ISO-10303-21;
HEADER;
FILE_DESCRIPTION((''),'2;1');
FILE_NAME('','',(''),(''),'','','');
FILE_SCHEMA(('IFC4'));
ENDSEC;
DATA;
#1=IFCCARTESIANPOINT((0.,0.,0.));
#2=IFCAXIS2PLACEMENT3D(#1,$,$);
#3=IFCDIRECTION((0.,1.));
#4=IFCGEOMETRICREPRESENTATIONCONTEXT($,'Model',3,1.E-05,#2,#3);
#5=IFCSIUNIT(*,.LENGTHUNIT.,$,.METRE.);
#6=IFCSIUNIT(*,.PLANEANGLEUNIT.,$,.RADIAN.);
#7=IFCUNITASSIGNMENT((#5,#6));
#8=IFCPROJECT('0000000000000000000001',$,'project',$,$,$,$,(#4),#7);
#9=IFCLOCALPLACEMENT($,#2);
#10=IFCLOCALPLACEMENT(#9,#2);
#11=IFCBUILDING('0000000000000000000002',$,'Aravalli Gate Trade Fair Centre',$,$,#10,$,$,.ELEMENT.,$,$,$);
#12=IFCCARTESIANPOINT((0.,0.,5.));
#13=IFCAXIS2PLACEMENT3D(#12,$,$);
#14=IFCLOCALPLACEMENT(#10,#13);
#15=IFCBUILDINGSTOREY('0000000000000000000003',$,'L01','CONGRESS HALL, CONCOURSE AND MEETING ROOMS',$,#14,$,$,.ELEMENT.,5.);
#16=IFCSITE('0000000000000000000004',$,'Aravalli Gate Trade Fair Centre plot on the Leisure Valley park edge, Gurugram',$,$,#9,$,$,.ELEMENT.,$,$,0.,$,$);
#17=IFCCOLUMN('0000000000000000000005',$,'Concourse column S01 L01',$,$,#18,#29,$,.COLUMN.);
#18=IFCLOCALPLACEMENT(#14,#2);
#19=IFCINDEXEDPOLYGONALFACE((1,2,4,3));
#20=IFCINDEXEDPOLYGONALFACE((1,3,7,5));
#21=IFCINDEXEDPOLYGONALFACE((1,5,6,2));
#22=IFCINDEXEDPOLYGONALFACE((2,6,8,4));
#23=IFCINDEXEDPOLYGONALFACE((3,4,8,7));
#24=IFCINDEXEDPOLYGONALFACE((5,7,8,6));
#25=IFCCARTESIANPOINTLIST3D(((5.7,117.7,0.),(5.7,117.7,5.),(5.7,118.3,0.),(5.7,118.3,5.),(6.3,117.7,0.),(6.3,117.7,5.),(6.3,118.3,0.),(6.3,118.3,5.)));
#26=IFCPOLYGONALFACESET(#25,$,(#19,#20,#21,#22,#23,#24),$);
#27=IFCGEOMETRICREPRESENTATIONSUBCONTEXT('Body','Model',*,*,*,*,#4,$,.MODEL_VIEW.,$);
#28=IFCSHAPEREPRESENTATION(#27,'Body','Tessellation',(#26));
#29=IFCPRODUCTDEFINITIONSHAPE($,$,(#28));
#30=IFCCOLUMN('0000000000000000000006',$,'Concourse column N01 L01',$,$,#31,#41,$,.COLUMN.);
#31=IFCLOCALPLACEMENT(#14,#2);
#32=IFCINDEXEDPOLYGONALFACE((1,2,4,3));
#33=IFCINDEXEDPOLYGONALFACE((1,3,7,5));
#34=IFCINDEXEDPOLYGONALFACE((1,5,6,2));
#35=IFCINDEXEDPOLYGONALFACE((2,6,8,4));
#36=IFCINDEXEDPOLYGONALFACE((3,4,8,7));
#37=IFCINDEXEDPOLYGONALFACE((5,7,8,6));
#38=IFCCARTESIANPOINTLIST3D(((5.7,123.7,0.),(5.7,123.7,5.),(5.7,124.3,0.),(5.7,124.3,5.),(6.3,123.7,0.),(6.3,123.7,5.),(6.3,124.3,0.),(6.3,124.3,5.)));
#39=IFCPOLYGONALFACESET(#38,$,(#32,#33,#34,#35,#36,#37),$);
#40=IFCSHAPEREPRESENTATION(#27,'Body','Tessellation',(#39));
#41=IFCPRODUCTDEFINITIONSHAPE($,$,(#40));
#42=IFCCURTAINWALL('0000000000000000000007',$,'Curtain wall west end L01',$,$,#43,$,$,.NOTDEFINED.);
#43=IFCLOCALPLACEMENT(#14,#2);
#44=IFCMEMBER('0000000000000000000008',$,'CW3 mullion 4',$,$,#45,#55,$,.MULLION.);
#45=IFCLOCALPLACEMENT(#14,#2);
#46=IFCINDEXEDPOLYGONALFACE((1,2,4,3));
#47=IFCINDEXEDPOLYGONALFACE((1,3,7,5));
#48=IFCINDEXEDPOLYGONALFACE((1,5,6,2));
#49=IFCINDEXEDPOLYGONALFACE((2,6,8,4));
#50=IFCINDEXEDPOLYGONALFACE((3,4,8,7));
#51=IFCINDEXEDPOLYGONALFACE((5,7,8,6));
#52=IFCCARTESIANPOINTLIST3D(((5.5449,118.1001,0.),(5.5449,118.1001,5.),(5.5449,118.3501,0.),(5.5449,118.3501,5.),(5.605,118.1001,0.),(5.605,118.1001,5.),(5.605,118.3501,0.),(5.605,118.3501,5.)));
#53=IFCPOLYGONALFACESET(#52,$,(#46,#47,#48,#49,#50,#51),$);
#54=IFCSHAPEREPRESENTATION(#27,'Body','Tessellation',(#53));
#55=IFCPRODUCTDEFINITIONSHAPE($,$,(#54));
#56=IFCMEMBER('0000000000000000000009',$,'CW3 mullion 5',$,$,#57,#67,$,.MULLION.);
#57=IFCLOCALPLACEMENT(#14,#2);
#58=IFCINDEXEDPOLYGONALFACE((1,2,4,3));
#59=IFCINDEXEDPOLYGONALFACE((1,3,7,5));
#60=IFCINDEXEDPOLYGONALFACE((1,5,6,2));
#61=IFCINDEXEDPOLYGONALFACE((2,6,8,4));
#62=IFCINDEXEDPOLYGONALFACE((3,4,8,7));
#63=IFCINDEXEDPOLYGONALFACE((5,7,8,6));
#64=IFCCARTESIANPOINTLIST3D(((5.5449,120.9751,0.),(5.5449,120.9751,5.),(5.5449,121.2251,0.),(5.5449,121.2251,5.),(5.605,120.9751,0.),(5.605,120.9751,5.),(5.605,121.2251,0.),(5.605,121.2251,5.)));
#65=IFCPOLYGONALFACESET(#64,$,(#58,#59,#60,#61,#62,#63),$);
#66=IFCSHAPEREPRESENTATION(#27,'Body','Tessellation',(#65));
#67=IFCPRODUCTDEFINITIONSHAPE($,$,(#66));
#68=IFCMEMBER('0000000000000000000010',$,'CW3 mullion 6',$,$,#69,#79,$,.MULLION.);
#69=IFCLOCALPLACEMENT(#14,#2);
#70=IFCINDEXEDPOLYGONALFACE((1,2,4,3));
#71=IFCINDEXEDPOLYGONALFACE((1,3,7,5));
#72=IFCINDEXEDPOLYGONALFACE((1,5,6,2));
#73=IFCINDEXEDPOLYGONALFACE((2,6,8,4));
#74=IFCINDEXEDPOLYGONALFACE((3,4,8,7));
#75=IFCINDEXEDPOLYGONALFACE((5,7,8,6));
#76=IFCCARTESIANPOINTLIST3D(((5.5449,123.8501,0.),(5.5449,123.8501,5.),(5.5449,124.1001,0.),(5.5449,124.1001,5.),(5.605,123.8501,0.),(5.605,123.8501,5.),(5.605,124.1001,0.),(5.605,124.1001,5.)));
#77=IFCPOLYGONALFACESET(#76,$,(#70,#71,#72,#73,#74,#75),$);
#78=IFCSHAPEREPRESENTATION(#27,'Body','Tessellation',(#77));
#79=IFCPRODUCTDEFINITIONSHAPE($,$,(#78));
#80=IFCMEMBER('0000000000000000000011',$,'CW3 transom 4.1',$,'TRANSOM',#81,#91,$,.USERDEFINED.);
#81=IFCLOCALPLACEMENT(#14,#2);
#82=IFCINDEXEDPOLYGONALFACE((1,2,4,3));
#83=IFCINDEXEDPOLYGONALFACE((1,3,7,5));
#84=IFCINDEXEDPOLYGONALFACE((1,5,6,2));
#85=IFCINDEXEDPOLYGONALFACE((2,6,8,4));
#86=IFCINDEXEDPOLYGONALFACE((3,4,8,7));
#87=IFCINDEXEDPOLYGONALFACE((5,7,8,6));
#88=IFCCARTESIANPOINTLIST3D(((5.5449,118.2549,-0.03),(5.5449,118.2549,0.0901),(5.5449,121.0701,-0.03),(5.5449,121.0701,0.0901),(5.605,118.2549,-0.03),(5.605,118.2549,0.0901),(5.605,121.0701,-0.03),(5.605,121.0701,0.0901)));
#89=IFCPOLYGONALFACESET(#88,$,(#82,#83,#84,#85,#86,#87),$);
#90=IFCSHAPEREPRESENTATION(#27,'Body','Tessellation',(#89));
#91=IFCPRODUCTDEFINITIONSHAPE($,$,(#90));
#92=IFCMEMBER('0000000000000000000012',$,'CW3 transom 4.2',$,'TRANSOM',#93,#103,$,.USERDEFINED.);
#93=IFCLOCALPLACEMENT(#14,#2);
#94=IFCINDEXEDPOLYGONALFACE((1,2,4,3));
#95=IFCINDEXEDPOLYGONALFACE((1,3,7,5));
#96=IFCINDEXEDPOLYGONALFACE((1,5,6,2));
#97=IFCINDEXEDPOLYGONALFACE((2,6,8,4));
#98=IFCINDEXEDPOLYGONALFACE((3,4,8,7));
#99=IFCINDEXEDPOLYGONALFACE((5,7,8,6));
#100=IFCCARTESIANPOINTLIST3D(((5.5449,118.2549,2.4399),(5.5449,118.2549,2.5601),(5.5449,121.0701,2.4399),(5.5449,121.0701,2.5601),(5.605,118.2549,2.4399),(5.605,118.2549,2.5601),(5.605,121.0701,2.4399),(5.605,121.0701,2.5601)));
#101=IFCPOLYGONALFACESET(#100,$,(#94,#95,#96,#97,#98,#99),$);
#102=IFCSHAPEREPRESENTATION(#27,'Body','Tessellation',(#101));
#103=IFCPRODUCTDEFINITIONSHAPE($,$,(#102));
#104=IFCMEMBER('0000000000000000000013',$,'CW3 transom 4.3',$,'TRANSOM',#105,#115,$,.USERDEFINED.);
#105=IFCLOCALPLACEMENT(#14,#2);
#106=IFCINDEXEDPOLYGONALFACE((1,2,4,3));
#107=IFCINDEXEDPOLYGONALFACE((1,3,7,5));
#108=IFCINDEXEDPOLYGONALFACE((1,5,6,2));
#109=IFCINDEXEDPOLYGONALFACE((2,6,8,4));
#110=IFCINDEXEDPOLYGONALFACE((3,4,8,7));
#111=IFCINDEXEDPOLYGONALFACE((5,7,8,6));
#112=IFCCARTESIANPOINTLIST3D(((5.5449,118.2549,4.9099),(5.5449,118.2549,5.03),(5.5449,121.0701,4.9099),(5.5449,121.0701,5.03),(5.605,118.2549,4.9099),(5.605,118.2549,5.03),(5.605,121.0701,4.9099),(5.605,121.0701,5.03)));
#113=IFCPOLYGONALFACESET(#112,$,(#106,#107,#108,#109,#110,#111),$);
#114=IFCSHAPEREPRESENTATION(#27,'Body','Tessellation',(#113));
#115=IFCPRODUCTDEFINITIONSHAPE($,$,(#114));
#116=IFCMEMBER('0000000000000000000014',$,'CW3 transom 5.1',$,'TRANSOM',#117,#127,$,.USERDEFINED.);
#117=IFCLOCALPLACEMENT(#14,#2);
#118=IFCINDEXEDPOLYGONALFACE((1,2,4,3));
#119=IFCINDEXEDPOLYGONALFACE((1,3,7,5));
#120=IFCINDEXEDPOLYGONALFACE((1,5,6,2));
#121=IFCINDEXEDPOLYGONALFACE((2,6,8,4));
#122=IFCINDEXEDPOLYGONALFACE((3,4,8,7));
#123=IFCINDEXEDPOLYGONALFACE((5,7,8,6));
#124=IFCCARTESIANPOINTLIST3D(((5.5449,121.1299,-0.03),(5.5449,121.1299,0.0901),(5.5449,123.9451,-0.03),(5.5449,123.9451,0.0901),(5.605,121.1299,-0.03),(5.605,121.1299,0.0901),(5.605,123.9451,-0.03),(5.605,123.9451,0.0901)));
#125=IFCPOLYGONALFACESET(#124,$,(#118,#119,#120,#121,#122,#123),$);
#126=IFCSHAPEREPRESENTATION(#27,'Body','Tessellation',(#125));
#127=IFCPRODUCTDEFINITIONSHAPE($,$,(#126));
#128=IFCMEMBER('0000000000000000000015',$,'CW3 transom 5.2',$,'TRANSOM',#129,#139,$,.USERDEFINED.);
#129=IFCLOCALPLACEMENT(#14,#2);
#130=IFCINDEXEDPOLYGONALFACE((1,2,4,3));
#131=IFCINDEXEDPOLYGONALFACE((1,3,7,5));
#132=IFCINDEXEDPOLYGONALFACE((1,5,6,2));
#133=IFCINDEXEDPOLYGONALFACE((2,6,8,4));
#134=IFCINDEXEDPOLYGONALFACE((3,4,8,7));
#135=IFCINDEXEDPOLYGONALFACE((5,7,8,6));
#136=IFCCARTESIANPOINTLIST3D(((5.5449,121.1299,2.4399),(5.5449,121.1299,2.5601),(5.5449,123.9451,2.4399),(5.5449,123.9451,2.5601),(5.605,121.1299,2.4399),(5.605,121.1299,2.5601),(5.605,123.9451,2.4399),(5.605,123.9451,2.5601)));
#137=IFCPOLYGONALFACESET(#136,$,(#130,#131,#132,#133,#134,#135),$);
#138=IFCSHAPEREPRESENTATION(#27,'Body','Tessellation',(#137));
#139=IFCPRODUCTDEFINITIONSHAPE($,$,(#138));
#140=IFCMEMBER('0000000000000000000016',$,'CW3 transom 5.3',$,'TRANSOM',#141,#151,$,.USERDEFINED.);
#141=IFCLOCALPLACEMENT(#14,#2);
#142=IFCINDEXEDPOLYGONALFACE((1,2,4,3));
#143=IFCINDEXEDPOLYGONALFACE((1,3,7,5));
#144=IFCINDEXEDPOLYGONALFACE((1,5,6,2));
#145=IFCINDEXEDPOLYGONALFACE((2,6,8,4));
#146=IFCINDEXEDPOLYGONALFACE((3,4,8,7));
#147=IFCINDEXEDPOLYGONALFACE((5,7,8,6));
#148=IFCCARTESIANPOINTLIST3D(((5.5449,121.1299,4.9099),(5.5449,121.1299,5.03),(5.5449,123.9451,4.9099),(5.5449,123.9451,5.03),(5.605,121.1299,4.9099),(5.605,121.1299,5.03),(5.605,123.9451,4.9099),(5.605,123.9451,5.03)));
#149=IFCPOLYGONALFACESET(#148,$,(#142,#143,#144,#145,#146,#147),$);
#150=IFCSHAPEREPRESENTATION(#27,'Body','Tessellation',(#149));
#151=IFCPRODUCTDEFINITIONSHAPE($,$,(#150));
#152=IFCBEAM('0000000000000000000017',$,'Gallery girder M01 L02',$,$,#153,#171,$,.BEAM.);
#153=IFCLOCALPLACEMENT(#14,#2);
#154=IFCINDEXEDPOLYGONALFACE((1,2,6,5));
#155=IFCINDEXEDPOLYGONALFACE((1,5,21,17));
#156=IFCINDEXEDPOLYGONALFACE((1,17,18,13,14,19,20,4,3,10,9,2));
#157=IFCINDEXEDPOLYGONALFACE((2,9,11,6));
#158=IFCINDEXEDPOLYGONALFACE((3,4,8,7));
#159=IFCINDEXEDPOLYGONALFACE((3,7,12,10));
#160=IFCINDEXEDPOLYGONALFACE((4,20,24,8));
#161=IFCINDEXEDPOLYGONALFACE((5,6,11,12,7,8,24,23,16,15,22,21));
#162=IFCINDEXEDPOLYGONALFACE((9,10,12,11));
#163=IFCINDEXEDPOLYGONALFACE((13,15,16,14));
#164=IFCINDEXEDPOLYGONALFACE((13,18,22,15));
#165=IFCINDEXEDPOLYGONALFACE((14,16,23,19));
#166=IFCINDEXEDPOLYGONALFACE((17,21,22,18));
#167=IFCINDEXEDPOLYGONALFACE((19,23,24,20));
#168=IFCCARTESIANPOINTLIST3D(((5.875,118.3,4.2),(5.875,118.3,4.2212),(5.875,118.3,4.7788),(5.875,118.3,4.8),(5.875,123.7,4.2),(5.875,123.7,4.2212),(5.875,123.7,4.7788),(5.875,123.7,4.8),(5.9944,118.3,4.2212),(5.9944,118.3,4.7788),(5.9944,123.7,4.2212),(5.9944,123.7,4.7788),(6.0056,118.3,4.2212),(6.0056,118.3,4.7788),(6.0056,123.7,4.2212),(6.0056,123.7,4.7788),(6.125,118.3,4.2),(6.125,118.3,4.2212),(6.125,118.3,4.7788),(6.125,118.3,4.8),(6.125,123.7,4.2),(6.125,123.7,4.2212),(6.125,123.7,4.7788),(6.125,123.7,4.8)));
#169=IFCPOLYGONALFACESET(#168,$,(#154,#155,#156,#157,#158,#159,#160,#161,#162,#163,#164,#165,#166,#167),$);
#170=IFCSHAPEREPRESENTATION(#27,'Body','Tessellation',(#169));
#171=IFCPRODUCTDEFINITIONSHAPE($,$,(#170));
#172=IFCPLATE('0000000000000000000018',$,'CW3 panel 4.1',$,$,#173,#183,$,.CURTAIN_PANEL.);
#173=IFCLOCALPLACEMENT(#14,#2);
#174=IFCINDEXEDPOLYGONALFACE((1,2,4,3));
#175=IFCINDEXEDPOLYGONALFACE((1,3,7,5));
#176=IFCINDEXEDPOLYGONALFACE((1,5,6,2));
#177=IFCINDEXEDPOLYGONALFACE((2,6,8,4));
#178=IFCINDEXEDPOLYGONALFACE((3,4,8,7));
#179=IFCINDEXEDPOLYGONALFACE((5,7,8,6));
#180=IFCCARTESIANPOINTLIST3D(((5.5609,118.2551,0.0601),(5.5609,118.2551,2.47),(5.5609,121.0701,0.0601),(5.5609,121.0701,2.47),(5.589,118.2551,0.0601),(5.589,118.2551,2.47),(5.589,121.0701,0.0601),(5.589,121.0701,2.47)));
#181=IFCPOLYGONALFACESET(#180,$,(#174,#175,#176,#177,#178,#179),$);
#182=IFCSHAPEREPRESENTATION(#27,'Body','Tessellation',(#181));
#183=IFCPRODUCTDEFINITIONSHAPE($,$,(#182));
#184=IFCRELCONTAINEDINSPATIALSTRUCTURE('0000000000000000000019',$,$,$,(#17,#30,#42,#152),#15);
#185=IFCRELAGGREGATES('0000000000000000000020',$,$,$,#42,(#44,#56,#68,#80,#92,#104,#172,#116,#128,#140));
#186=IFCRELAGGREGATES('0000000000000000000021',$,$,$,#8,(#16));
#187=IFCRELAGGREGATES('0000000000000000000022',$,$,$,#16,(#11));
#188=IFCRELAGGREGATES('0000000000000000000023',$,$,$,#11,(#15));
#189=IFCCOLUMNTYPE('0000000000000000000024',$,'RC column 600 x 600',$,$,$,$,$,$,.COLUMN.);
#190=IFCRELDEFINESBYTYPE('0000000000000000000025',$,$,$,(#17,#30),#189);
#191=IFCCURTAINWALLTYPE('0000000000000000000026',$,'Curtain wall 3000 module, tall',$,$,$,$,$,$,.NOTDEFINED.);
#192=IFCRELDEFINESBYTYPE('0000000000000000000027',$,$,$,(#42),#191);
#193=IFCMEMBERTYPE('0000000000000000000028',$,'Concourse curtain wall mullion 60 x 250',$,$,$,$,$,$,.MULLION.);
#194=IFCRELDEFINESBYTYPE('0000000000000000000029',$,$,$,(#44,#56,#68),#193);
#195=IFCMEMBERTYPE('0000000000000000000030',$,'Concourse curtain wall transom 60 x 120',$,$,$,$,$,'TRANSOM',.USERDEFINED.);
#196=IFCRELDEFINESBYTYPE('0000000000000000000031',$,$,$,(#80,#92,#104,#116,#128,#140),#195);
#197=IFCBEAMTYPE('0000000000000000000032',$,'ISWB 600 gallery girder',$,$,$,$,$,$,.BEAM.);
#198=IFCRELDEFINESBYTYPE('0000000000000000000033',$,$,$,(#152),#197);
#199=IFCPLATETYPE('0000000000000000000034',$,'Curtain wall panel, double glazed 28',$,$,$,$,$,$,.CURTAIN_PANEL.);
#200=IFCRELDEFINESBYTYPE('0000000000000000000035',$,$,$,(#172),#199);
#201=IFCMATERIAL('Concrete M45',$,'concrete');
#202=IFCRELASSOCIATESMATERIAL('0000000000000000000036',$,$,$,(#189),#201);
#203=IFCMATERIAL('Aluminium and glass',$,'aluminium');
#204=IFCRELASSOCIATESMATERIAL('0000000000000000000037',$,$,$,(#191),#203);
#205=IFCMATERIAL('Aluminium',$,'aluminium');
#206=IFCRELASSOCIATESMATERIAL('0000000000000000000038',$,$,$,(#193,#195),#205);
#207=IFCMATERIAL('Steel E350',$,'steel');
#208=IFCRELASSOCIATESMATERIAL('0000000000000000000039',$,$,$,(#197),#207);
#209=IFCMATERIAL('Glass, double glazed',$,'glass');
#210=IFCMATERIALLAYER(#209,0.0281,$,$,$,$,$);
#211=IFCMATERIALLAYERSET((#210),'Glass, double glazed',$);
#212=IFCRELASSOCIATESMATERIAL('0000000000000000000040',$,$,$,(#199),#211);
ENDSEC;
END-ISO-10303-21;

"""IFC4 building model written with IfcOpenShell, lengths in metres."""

from ifc_helpers import new_model, si_unit, direction, frame, origin, origin_2d, place, context, subcontext, project, spatial, rectangle, i_section, extrude, material, layer, layer_set, material_profile, profile_set, type_object, element, aggregate, save


model = new_model("IFC4")

# Units and contexts
model_context = context("Model", 3, precision=1e-05, world=origin(), true_north=direction((0.0, 1.0)))
body_context = subcontext(model_context, "Body", "Model", "MODEL_VIEW")
ifc_project = project(units=[si_unit("LENGTHUNIT", "METRE"), si_unit("PLANEANGLEUNIT", "RADIAN")], contexts=[model_context])

# Site, building, storey
site_placement = place(None, origin())
site = spatial("IfcSite", under=ifc_project, at=site_placement, Name="Aravalli Gate Trade Fair Centre plot on the Leisure Valley park edge, Gurugram", CompositionType="ELEMENT", RefElevation=0.0)
building_placement = place(site_placement, origin())
building = spatial("IfcBuilding", under=site, at=building_placement, Name="Aravalli Gate Trade Fair Centre", CompositionType="ELEMENT")
storey_placement = place(building_placement, frame((0.0, 0.0, 5.0)))
storey = spatial("IfcBuildingStorey", under=building, at=storey_placement, Name="L01", Description="CONGRESS HALL, CONCOURSE AND MEETING ROOMS", CompositionType="ELEMENT", Elevation=5.0)

# Columns
ifc_material_1 = material(Name="Concrete M45", Category="concrete")
ifc_material_profile_1 = material_profile(ifc_material_1, rectangle(XDim=0.6001, YDim=0.6001, at=origin_2d()), Name="RC column 600 x 600")
ifc_profile_set_1 = profile_set([ifc_material_profile_1], Name="Concrete M45")
column_type = type_object("IfcColumnType", Name="RC column 600 x 600", PredefinedType="COLUMN", material=ifc_profile_set_1)
for number, where, z_axis, x_axis, name in (
    (1, (6.0, 118.0, 0.0), (0.0, 0.0, 1.0), (1.0, 0.0, 0.0), "Concourse column S01 L01"),
    (2, (6.0, 124.0, 0.0), (0.0, 0.0, 1.0), (1.0, 0.0, 0.0), "Concourse column N01 L01"),
):
    element("IfcColumn", number, at=place(storey_placement, frame(where, z_axis=z_axis, x_axis=x_axis)), inside=storey, type_object=column_type, Name=name, PredefinedType="COLUMN", context=body_context, shape_type="SweptSolid", body=[
        extrude(rectangle(XDim=0.6001, YDim=0.6001, at=origin_2d()), origin(), (0.0, 0.0, 1.0), 5.0),
    ])

# Curtain wall, members
ifc_material_2 = material(Name="Aluminium and glass", Category="aluminium")
curtain_wall_type = type_object("IfcCurtainWallType", Name="Curtain wall 3000 module, tall", PredefinedType="NOTDEFINED", material=ifc_material_2)
curtain_wall_placement = place(storey_placement, origin())
curtain_wall = element("IfcCurtainWall", 3, at=curtain_wall_placement, inside=storey, type_object=curtain_wall_type, Name="Curtain wall west end L01", PredefinedType="NOTDEFINED")
ifc_material_3 = material(Name="Aluminium", Category="aluminium")
ifc_material_profile_2 = material_profile(ifc_material_3, rectangle(XDim=0.0601, YDim=0.25, at=origin_2d()), Name="Concourse curtain wall mullion 60 x 250")
ifc_profile_set_2 = profile_set([ifc_material_profile_2], Name="Aluminium")
member_type_1 = type_object("IfcMemberType", Name="Concourse curtain wall mullion 60 x 250", PredefinedType="MULLION", material=ifc_profile_set_2)
member_1_placement = place(storey_placement, frame((5.575, 118.2251, 0.0), z_axis=(0.0, 0.0, 1.0), x_axis=(-1.0, 0.0, 0.0)))
member_1 = element("IfcMember", 4, at=member_1_placement, type_object=member_type_1, Name="CW3 mullion 4", PredefinedType="MULLION", context=body_context, shape_type="SweptSolid", body=[
    extrude(rectangle(XDim=0.0601, YDim=0.25, at=origin_2d()), origin(), (0.0, 0.0, 1.0), 5.0),
])
member_2_placement = place(storey_placement, frame((5.575, 121.1001, 0.0), z_axis=(0.0, 0.0, 1.0), x_axis=(-1.0, 0.0, 0.0)))
member_2 = element("IfcMember", 5, at=member_2_placement, type_object=member_type_1, Name="CW3 mullion 5", PredefinedType="MULLION", context=body_context, shape_type="SweptSolid", body=[
    extrude(rectangle(XDim=0.0601, YDim=0.25, at=origin_2d()), origin(), (0.0, 0.0, 1.0), 5.0),
])
member_3_placement = place(storey_placement, frame((5.575, 123.9751, 0.0), z_axis=(0.0, 0.0, 1.0), x_axis=(-1.0, 0.0, 0.0)))
member_3 = element("IfcMember", 6, at=member_3_placement, type_object=member_type_1, Name="CW3 mullion 6", PredefinedType="MULLION", context=body_context, shape_type="SweptSolid", body=[
    extrude(rectangle(XDim=0.0601, YDim=0.25, at=origin_2d()), origin(), (0.0, 0.0, 1.0), 5.0),
])
ifc_material_profile_3 = material_profile(ifc_material_3, rectangle(XDim=0.0601, YDim=0.1201, at=origin_2d()), Name="Concourse curtain wall transom 60 x 120")
ifc_profile_set_3 = profile_set([ifc_material_profile_3], Name="Aluminium")
member_type_2 = type_object("IfcMemberType", Name="Concourse curtain wall transom 60 x 120", ElementType="TRANSOM", PredefinedType="USERDEFINED", material=ifc_profile_set_3)
member_4_placement = place(storey_placement, frame((5.575, 118.2549, 0.03), z_axis=(0.0, 1.0, 0.0), x_axis=(-1.0, 0.0, 0.0)))
member_4 = element("IfcMember", 7, at=member_4_placement, type_object=member_type_2, Name="CW3 transom 4.1", ObjectType="TRANSOM", PredefinedType="USERDEFINED", context=body_context, shape_type="SweptSolid", body=[
    extrude(rectangle(XDim=0.0601, YDim=0.1201, at=origin_2d()), origin(), (0.0, 0.0, 1.0), 2.8152),
])
member_5_placement = place(storey_placement, frame((5.575, 118.2549, 2.5), z_axis=(0.0, 1.0, 0.0), x_axis=(-1.0, 0.0, 0.0)))
member_5 = element("IfcMember", 8, at=member_5_placement, type_object=member_type_2, Name="CW3 transom 4.2", ObjectType="TRANSOM", PredefinedType="USERDEFINED", context=body_context, shape_type="SweptSolid", body=[
    extrude(rectangle(XDim=0.0601, YDim=0.1201, at=origin_2d()), origin(), (0.0, 0.0, 1.0), 2.8152),
])
member_6_placement = place(storey_placement, frame((5.575, 118.2549, 4.97), z_axis=(0.0, 1.0, 0.0), x_axis=(-1.0, 0.0, 0.0)))
member_6 = element("IfcMember", 9, at=member_6_placement, type_object=member_type_2, Name="CW3 transom 4.3", ObjectType="TRANSOM", PredefinedType="USERDEFINED", context=body_context, shape_type="SweptSolid", body=[
    extrude(rectangle(XDim=0.0601, YDim=0.1201, at=origin_2d()), origin(), (0.0, 0.0, 1.0), 2.8152),
])
member_7_placement = place(storey_placement, frame((5.575, 121.1299, 0.03), z_axis=(0.0, 1.0, 0.0), x_axis=(-1.0, 0.0, 0.0)))
member_7 = element("IfcMember", 10, at=member_7_placement, type_object=member_type_2, Name="CW3 transom 5.1", ObjectType="TRANSOM", PredefinedType="USERDEFINED", context=body_context, shape_type="SweptSolid", body=[
    extrude(rectangle(XDim=0.0601, YDim=0.1201, at=origin_2d()), origin(), (0.0, 0.0, 1.0), 2.8152),
])
member_8_placement = place(storey_placement, frame((5.575, 121.1299, 2.5), z_axis=(0.0, 1.0, 0.0), x_axis=(-1.0, 0.0, 0.0)))
member_8 = element("IfcMember", 11, at=member_8_placement, type_object=member_type_2, Name="CW3 transom 5.2", ObjectType="TRANSOM", PredefinedType="USERDEFINED", context=body_context, shape_type="SweptSolid", body=[
    extrude(rectangle(XDim=0.0601, YDim=0.1201, at=origin_2d()), origin(), (0.0, 0.0, 1.0), 2.8152),
])
member_9_placement = place(storey_placement, frame((5.575, 121.1299, 4.97), z_axis=(0.0, 1.0, 0.0), x_axis=(-1.0, 0.0, 0.0)))
member_9 = element("IfcMember", 12, at=member_9_placement, type_object=member_type_2, Name="CW3 transom 5.3", ObjectType="TRANSOM", PredefinedType="USERDEFINED", context=body_context, shape_type="SweptSolid", body=[
    extrude(rectangle(XDim=0.0601, YDim=0.1201, at=origin_2d()), origin(), (0.0, 0.0, 1.0), 2.8152),
])

# Beam
ifc_material_4 = material(Name="Steel E350", Category="steel")
ifc_material_profile_4 = material_profile(ifc_material_4, i_section(OverallWidth=0.25, OverallDepth=0.6001, WebThickness=0.0112, FlangeThickness=0.0212, at=origin_2d()), Name="ISWB 600")
ifc_profile_set_4 = profile_set([ifc_material_profile_4], Name="Steel E350")
beam_type = type_object("IfcBeamType", Name="ISWB 600 gallery girder", PredefinedType="BEAM", material=ifc_profile_set_4)
beam_placement = place(storey_placement, frame((6.0, 118.3, 4.5), z_axis=(0.0, 1.0, 0.0), x_axis=(-1.0, 0.0, 0.0)))
element("IfcBeam", 13, at=beam_placement, inside=storey, type_object=beam_type, Name="Gallery girder M01 L02", PredefinedType="BEAM", context=body_context, shape_type="SweptSolid", body=[
    extrude(i_section(OverallWidth=0.25, OverallDepth=0.6001, WebThickness=0.0112, FlangeThickness=0.0212, at=origin_2d()), origin(), (0.0, 0.0, 1.0), 5.3999),
])

# Plate
ifc_material_5 = material(Name="Glass, double glazed", Category="glass")
ifc_layer_1 = layer(ifc_material_5, 0.0281)
ifc_layer_set_1 = layer_set([ifc_layer_1], Name="Glass, double glazed")
plate_type = type_object("IfcPlateType", Name="Curtain wall panel, double glazed 28", PredefinedType="CURTAIN_PANEL", material=ifc_layer_set_1)
plate_1_placement = place(storey_placement, frame((5.575, 119.6626, 0.0601), z_axis=(0.0, 0.0, 1.0), x_axis=(0.0, 1.0, 0.0)))
plate_1 = element("IfcPlate", 14, at=plate_1_placement, type_object=plate_type, Name="CW3 panel 4.1", PredefinedType="CURTAIN_PANEL", context=body_context, shape_type="SweptSolid", body=[
    extrude(rectangle(XDim=2.8149, YDim=0.0281, at=origin_2d()), origin(), (0.0, 0.0, 1.0), 2.4099),
])
aggregate(curtain_wall, [member_1, member_2, member_3, member_4, member_5, member_6, plate_1, member_7, member_8, member_9])

save(model, "model.ifc")
